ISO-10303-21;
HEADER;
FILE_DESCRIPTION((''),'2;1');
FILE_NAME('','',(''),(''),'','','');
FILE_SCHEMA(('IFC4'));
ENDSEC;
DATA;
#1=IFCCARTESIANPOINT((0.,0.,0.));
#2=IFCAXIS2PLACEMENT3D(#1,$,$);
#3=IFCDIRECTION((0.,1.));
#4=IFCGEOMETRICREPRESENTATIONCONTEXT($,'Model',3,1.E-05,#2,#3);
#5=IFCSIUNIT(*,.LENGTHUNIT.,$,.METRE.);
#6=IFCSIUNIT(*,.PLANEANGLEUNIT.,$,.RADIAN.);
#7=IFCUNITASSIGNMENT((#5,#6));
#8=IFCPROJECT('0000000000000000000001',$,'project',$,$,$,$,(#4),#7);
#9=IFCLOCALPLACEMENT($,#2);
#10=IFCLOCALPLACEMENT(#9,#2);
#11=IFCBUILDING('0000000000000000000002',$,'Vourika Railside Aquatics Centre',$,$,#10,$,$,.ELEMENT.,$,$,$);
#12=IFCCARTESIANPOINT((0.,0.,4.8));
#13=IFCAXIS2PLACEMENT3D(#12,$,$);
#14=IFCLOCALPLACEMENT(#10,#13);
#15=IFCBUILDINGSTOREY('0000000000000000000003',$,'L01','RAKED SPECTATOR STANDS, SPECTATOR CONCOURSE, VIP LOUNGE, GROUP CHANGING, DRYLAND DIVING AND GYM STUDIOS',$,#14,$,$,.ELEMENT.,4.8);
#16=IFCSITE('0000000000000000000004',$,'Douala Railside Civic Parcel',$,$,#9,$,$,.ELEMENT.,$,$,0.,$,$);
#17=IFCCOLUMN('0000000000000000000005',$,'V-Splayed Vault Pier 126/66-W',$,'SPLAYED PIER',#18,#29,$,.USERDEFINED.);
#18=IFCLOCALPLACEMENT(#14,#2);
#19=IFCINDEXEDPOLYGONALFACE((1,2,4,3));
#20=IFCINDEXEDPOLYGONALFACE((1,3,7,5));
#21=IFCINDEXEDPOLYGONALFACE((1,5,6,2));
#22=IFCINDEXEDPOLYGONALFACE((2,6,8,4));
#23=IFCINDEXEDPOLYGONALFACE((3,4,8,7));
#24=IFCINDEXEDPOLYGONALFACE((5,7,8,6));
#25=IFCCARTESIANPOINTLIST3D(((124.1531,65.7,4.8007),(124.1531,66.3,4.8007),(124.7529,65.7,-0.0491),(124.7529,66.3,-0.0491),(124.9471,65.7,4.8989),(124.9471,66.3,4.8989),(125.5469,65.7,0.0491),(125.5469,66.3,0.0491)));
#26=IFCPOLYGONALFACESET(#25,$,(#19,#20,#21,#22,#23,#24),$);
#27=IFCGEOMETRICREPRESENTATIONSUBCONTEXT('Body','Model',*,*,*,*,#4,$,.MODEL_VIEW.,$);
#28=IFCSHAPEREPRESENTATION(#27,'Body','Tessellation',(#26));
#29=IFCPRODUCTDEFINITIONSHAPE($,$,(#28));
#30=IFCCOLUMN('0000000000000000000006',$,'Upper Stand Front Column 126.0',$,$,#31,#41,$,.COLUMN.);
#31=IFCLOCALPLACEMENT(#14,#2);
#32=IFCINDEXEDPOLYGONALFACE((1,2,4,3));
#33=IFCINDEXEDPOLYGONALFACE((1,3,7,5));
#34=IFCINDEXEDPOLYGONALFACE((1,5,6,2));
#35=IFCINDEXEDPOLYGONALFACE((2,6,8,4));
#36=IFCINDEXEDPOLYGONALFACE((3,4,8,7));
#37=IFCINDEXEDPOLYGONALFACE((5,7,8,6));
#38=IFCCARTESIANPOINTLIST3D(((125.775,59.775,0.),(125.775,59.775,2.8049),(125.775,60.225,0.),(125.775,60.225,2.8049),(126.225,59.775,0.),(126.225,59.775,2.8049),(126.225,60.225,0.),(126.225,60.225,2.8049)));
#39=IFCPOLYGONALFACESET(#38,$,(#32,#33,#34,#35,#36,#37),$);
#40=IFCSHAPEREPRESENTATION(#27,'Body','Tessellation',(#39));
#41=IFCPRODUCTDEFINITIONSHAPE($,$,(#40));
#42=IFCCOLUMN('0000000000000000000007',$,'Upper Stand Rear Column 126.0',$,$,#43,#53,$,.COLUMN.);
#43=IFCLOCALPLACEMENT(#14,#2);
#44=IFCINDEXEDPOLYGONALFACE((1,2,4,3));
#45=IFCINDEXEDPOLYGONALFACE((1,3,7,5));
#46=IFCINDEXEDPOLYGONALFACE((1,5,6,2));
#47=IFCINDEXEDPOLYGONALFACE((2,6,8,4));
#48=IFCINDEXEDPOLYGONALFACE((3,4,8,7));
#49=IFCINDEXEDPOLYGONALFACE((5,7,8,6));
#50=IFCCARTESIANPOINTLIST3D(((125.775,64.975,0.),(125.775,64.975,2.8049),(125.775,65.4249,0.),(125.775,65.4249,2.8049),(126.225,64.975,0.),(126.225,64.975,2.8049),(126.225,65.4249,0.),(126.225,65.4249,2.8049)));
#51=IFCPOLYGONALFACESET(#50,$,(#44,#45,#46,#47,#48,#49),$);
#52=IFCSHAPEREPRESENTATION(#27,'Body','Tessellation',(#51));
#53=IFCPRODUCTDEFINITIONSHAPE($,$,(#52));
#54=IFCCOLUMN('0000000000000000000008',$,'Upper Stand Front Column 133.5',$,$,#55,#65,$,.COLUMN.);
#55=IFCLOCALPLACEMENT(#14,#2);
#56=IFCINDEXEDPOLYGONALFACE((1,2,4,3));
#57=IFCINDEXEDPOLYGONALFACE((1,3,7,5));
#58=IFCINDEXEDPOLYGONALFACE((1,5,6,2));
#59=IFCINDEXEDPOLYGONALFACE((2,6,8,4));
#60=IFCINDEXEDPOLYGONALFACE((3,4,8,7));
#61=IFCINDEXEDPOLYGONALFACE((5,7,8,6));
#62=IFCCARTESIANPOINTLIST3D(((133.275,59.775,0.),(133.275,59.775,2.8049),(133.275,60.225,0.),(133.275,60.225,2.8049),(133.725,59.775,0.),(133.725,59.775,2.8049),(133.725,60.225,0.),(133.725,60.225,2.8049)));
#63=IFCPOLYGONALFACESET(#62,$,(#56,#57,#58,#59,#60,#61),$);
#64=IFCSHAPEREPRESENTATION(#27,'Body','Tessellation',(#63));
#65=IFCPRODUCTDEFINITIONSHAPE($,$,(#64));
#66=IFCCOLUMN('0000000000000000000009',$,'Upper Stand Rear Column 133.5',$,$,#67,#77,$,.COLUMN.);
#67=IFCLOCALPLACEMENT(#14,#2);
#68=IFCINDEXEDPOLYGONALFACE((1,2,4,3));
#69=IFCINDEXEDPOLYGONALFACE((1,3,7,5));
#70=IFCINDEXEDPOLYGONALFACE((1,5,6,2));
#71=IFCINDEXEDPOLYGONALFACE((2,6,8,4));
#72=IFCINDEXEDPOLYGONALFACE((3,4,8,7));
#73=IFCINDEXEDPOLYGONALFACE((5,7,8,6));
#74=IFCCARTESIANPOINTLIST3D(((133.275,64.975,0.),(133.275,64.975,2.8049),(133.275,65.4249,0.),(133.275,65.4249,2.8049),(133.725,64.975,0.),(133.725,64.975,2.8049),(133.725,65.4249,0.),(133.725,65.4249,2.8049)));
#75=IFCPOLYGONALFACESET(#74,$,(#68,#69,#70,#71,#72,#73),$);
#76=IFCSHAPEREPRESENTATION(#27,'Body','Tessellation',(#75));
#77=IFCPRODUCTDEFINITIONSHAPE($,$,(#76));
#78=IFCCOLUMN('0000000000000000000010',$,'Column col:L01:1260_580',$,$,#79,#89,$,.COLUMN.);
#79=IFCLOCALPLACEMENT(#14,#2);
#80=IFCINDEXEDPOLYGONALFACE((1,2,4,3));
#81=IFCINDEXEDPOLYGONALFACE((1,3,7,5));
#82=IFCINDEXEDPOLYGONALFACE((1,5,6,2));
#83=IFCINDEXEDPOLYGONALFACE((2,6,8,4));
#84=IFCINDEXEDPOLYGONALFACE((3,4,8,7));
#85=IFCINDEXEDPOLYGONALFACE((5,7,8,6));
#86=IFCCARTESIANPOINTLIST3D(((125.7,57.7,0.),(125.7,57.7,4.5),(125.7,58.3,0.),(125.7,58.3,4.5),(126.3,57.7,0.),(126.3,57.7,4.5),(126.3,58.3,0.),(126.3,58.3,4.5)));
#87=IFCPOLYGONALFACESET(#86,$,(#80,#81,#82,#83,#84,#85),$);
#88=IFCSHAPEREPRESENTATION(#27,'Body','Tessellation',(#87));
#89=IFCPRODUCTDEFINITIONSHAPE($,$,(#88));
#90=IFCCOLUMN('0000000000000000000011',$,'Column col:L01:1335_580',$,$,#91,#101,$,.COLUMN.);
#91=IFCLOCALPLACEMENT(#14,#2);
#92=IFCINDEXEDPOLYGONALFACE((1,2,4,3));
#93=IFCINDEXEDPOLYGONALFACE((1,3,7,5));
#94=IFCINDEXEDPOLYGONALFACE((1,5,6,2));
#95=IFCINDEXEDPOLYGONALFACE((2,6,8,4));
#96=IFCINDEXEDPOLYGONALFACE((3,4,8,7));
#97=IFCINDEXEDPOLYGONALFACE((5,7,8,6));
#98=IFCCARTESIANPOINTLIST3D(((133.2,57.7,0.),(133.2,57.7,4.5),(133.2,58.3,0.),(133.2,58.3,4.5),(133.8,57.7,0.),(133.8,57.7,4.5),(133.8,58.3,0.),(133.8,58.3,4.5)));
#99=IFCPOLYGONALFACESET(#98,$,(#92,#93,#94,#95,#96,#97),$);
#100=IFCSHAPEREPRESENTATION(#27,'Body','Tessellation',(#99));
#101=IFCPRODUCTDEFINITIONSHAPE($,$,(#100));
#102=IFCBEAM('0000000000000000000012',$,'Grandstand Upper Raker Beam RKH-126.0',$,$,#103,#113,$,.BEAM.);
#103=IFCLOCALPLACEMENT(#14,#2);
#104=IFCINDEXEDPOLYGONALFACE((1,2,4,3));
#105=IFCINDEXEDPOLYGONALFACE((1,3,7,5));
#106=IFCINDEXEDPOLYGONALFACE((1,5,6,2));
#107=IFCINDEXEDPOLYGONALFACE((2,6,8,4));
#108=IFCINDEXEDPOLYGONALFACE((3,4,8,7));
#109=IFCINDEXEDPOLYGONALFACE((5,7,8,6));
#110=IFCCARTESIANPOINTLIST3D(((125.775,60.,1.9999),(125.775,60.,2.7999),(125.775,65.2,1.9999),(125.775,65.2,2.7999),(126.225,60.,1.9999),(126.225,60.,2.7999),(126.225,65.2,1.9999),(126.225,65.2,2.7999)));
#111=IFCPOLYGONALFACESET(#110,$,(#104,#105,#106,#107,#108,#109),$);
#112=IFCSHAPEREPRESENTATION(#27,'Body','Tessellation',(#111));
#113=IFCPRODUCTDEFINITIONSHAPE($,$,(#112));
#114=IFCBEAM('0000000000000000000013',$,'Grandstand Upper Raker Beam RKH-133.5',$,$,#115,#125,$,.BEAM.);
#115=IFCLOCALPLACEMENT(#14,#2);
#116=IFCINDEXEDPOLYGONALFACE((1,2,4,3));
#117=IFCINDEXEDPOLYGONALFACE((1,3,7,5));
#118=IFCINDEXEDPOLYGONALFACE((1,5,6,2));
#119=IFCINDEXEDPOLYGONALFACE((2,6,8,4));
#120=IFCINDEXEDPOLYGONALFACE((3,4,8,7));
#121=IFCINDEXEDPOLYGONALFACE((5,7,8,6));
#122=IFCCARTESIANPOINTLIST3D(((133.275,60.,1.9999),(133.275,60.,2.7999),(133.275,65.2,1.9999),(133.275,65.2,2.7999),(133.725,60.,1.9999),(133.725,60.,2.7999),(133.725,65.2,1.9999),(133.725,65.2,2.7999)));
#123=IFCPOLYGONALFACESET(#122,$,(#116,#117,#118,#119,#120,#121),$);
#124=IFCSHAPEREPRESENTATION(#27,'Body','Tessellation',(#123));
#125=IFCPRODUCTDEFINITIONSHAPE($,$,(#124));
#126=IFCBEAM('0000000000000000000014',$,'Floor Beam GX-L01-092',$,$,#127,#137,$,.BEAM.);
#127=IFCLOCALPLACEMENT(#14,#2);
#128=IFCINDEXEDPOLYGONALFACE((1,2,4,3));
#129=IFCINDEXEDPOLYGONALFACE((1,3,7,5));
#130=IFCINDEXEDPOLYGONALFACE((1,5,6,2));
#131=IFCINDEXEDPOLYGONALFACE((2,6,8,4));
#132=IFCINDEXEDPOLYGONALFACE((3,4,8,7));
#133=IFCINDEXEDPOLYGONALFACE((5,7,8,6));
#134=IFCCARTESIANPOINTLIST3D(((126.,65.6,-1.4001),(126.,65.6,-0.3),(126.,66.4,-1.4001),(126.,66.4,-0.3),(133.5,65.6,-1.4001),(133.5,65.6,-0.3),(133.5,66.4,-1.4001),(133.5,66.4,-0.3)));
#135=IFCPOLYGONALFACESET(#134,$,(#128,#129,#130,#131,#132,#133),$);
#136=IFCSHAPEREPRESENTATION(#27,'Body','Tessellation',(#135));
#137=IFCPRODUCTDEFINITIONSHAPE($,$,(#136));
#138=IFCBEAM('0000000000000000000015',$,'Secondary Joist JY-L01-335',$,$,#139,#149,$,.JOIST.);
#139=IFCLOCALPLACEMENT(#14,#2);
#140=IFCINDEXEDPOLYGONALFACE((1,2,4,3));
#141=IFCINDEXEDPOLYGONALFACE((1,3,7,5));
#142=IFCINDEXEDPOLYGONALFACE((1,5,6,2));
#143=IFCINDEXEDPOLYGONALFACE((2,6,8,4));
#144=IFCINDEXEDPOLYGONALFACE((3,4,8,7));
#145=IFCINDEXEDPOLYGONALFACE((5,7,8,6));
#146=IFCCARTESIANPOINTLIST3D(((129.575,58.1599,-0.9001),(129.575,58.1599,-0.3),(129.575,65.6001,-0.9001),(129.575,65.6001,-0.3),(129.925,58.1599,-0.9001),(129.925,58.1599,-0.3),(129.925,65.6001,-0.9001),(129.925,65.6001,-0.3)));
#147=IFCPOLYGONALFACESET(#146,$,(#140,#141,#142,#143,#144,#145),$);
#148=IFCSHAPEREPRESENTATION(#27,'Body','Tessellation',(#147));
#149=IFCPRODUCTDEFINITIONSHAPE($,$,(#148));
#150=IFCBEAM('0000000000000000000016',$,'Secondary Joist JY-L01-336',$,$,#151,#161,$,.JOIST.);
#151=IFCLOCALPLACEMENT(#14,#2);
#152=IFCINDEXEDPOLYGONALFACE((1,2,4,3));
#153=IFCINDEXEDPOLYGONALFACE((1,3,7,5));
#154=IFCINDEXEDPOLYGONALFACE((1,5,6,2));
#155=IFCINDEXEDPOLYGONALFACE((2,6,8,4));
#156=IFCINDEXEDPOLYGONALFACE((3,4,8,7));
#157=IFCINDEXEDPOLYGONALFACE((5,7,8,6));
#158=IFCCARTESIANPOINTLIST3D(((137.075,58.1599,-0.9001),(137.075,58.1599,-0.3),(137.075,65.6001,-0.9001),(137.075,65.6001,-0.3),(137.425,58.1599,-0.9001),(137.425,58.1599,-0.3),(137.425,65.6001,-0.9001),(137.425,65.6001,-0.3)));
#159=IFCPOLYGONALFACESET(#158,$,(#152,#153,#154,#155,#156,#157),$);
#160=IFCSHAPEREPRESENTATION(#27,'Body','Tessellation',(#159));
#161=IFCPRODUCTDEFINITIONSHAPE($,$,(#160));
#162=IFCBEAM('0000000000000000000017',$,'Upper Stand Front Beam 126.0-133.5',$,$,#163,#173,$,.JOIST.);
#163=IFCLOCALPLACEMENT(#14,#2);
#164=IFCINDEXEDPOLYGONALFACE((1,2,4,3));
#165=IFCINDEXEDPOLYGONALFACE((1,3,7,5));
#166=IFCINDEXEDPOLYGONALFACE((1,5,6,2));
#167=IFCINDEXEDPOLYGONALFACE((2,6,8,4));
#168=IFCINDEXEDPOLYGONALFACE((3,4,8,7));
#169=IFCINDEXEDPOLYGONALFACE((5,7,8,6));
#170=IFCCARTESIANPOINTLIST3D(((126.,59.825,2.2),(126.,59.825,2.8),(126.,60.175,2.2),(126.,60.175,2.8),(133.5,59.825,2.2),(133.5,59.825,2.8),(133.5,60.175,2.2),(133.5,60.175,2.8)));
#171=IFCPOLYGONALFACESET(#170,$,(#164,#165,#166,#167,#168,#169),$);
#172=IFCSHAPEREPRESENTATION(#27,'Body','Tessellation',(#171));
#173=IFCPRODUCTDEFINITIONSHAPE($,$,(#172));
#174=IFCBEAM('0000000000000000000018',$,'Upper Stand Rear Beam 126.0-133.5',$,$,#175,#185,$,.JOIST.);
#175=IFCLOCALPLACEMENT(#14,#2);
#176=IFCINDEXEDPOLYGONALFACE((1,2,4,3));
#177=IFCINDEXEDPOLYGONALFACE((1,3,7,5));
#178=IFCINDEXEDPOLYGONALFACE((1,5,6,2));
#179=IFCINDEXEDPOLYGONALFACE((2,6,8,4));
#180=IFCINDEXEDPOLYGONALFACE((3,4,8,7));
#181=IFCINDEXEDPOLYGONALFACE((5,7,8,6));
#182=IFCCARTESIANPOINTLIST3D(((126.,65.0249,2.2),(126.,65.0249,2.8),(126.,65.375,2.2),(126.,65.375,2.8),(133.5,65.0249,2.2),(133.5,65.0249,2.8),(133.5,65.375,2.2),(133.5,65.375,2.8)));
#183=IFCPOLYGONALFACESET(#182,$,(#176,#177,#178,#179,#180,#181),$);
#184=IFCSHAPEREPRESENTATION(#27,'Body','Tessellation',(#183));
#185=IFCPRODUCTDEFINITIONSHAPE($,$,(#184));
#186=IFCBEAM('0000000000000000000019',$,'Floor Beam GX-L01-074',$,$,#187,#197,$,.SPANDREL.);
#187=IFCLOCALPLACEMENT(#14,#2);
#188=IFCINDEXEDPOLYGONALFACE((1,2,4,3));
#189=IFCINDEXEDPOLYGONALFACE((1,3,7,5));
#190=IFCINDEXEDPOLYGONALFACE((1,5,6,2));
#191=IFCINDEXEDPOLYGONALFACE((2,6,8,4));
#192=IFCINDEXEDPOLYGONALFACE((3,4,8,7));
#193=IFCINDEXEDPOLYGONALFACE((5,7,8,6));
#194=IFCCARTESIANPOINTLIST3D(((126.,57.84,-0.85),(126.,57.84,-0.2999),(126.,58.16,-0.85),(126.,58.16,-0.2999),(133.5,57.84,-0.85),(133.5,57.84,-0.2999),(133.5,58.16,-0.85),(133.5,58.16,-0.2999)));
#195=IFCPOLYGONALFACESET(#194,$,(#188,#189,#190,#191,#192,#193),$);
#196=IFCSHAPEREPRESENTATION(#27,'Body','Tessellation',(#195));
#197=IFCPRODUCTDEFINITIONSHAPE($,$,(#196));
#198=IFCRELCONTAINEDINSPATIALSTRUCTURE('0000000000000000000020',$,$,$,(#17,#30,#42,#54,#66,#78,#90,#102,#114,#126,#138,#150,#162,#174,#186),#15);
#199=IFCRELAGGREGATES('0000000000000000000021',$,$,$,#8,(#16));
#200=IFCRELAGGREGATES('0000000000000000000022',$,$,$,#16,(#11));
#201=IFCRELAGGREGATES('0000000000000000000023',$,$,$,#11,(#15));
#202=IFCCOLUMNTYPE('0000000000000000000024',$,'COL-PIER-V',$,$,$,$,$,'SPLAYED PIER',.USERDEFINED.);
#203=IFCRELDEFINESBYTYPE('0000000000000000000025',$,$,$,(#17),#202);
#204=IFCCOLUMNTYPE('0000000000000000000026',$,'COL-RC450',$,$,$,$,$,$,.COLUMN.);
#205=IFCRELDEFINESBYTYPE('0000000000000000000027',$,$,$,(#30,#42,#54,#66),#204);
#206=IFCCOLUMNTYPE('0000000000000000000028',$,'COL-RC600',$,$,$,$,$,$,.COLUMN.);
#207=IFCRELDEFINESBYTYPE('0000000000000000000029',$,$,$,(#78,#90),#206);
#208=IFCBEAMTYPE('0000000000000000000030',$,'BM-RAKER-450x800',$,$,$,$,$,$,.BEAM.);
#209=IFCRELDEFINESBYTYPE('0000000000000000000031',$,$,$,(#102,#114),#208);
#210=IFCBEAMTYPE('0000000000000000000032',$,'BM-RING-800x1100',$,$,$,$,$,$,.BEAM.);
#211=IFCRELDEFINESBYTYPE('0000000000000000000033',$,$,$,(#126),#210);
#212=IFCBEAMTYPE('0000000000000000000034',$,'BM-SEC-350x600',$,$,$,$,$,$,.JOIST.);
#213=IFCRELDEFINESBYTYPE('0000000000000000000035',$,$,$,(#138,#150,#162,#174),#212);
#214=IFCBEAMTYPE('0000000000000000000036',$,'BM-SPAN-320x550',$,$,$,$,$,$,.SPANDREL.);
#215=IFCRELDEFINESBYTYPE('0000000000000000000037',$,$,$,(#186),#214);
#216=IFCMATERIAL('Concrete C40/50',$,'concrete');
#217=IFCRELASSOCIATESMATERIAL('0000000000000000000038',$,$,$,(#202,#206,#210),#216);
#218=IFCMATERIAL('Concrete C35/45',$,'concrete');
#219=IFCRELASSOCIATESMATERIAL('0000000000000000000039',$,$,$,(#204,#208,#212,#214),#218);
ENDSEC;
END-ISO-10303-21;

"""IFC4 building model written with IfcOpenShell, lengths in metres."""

from ifc_helpers import new_model, si_unit, direction, frame, origin, origin_2d, place, context, subcontext, project, spatial, rectangle, extrude, material, material_profile, profile_set, type_object, element, save


model = new_model("IFC4")

# Units and contexts
model_context = context("Model", 3, precision=1e-05, world=origin(), true_north=direction((0.0, 1.0)))
body_context = subcontext(model_context, "Body", "Model", "MODEL_VIEW")
ifc_project = project(units=[si_unit("LENGTHUNIT", "METRE"), si_unit("PLANEANGLEUNIT", "RADIAN")], contexts=[model_context])

# Site, building, storey
site_placement = place(None, origin())
site = spatial("IfcSite", under=ifc_project, at=site_placement, Name="Douala Railside Civic Parcel", CompositionType="ELEMENT", RefElevation=0.0)
building_placement = place(site_placement, origin())
building = spatial("IfcBuilding", under=site, at=building_placement, Name="Vourika Railside Aquatics Centre", CompositionType="ELEMENT")
storey_placement = place(building_placement, frame((0.0, 0.0, 4.8)))
storey = spatial("IfcBuildingStorey", under=building, at=storey_placement, Name="L01", Description="RAKED SPECTATOR STANDS, SPECTATOR CONCOURSE, VIP LOUNGE, GROUP CHANGING, DRYLAND DIVING AND GYM STUDIOS", CompositionType="ELEMENT", Elevation=4.8)

# Columns
ifc_material_1 = material(Name="Concrete C40/50", Category="concrete")
ifc_material_profile_1 = material_profile(ifc_material_1, rectangle(XDim=0.6001, YDim=0.8, at=origin_2d()), Name="RC 600x800")
ifc_profile_set_1 = profile_set([ifc_material_profile_1], Name="Concrete C40/50")
column_type_1 = type_object("IfcColumnType", Name="COL-PIER-V", ElementType="SPLAYED PIER", PredefinedType="USERDEFINED", material=ifc_profile_set_1)
column_placement = place(storey_placement, frame((125.1499, 66.0, 0.0), z_axis=(-0.12275, 0.0, 0.992438), x_axis=(0.0, -1.0, 0.0)))
element("IfcColumn", 1, at=column_placement, inside=storey, type_object=column_type_1, Name="V-Splayed Vault Pier 126/66-W", ObjectType="SPLAYED PIER", PredefinedType="USERDEFINED", context=body_context, shape_type="SweptSolid", body=[
    extrude(rectangle(XDim=0.6001, YDim=0.8, at=origin_2d()), origin(), (0.0, 0.0, 1.0), 4.8867),
])
ifc_material_2 = material(Name="Concrete C35/45", Category="concrete")
ifc_material_profile_2 = material_profile(ifc_material_2, rectangle(XDim=0.45, YDim=0.45, at=origin_2d()), Name="RC 450x450")
ifc_profile_set_2 = profile_set([ifc_material_profile_2], Name="Concrete C35/45")
column_type_2 = type_object("IfcColumnType", Name="COL-RC450", PredefinedType="COLUMN", material=ifc_profile_set_2)
for number, where, z_axis, x_axis, name in (
    (2, (126.0, 60.0, 0.0), (0.0, 0.0, 1.0), (1.0, 0.0, 0.0), "Upper Stand Front Column 126.0"),
    (3, (126.0, 65.2, 0.0), (0.0, 0.0, 1.0), (1.0, 0.0, 0.0), "Upper Stand Rear Column 126.0"),
    (4, (133.5, 60.0, 0.0), (0.0, 0.0, 1.0), (1.0, 0.0, 0.0), "Upper Stand Front Column 133.5"),
    (5, (133.5, 65.2, 0.0), (0.0, 0.0, 1.0), (1.0, 0.0, 0.0), "Upper Stand Rear Column 133.5"),
):
    element("IfcColumn", number, at=place(storey_placement, frame(where, z_axis=z_axis, x_axis=x_axis)), inside=storey, type_object=column_type_2, Name=name, PredefinedType="COLUMN", context=body_context, shape_type="SweptSolid", body=[
        extrude(rectangle(XDim=0.45, YDim=0.45, at=origin_2d()), origin(), (0.0, 0.0, 1.0), 2.8049),
    ])
ifc_material_profile_3 = material_profile(ifc_material_1, rectangle(XDim=0.6001, YDim=0.6001, at=origin_2d()), Name="RC 600x600")
ifc_profile_set_3 = profile_set([ifc_material_profile_3], Name="Concrete C40/50")
column_type_3 = type_object("IfcColumnType", Name="COL-RC600", PredefinedType="COLUMN", material=ifc_profile_set_3)
for number, where, z_axis, x_axis, name in (
    (6, (126.0, 58.0, 0.0), (0.0, 0.0, 1.0), (1.0, 0.0, 0.0), "Column col:L01:1260_580"),
    (7, (133.5, 58.0, 0.0), (0.0, 0.0, 1.0), (1.0, 0.0, 0.0), "Column col:L01:1335_580"),
):
    element("IfcColumn", number, at=place(storey_placement, frame(where, z_axis=z_axis, x_axis=x_axis)), inside=storey, type_object=column_type_3, Name=name, PredefinedType="COLUMN", context=body_context, shape_type="SweptSolid", body=[
        extrude(rectangle(XDim=0.6001, YDim=0.6001, at=origin_2d()), origin(), (0.0, 0.0, 1.0), 4.5),
    ])

# Beams
ifc_material_profile_4 = material_profile(ifc_material_2, rectangle(XDim=0.45, YDim=0.8, at=origin_2d()), Name="RC 450x800")
ifc_profile_set_4 = profile_set([ifc_material_profile_4], Name="Concrete C35/45")
beam_type_1 = type_object("IfcBeamType", Name="BM-RAKER-450x800", PredefinedType="BEAM", material=ifc_profile_set_4)
for number, where, z_axis, x_axis, name in (
    (8, (126.0, 60.0, 2.3999), (0.0, 1.0, 0.0), (-1.0, 0.0, 0.0), "Grandstand Upper Raker Beam RKH-126.0"),
    (9, (133.5, 60.0, 2.3999), (0.0, 1.0, 0.0), (-1.0, 0.0, 0.0), "Grandstand Upper Raker Beam RKH-133.5"),
):
    element("IfcBeam", number, at=place(storey_placement, frame(where, z_axis=z_axis, x_axis=x_axis)), inside=storey, type_object=beam_type_1, Name=name, PredefinedType="BEAM", context=body_context, shape_type="SweptSolid", body=[
        extrude(rectangle(XDim=0.45, YDim=0.8, at=origin_2d()), origin(), (0.0, 0.0, 1.0), 5.2),
    ])
ifc_material_profile_5 = material_profile(ifc_material_1, rectangle(XDim=0.8, YDim=1.1001, at=origin_2d()), Name="RC 800x1100")
ifc_profile_set_5 = profile_set([ifc_material_profile_5], Name="Concrete C40/50")
beam_type_2 = type_object("IfcBeamType", Name="BM-RING-800x1100", PredefinedType="BEAM", material=ifc_profile_set_5)
beam_placement = place(storey_placement, frame((126.0, 66.0, -0.8501), z_axis=(1.0, 0.0, 0.0), x_axis=(0.0, 1.0, 0.0)))
element("IfcBeam", 10, at=beam_placement, inside=storey, type_object=beam_type_2, Name="Floor Beam GX-L01-092", PredefinedType="BEAM", context=body_context, shape_type="SweptSolid", body=[
    extrude(rectangle(XDim=0.8, YDim=1.1001, at=origin_2d()), origin(), (0.0, 0.0, 1.0), 7.5),
])
ifc_material_profile_6 = material_profile(ifc_material_2, rectangle(XDim=0.3501, YDim=0.6001, at=origin_2d()), Name="RC 350x600")
ifc_profile_set_6 = profile_set([ifc_material_profile_6], Name="Concrete C35/45")
beam_type_3 = type_object("IfcBeamType", Name="BM-SEC-350x600", PredefinedType="JOIST", material=ifc_profile_set_6)
for number, where, z_axis, x_axis, name in (
    (11, (129.75, 58.1599, -0.6001), (0.0, 1.0, 0.0), (-1.0, 0.0, 0.0), "Secondary Joist JY-L01-335"),
    (12, (137.25, 58.1599, -0.6001), (0.0, 1.0, 0.0), (-1.0, 0.0, 0.0), "Secondary Joist JY-L01-336"),
):
    element("IfcBeam", number, at=place(storey_placement, frame(where, z_axis=z_axis, x_axis=x_axis)), inside=storey, type_object=beam_type_3, Name=name, PredefinedType="JOIST", context=body_context, shape_type="SweptSolid", body=[
        extrude(rectangle(XDim=0.3501, YDim=0.6001, at=origin_2d()), origin(), (0.0, 0.0, 1.0), 7.4402),
    ])
for number, where, z_axis, x_axis, name in (
    (13, (126.0, 60.0, 2.5), (1.0, 0.0, 0.0), (0.0, 1.0, 0.0), "Upper Stand Front Beam 126.0-133.5"),
    (14, (126.0, 65.2, 2.5), (1.0, 0.0, 0.0), (0.0, 1.0, 0.0), "Upper Stand Rear Beam 126.0-133.5"),
):
    element("IfcBeam", number, at=place(storey_placement, frame(where, z_axis=z_axis, x_axis=x_axis)), inside=storey, type_object=beam_type_3, Name=name, PredefinedType="JOIST", context=body_context, shape_type="SweptSolid", body=[
        extrude(rectangle(XDim=0.3501, YDim=0.6001, at=origin_2d()), origin(), (0.0, 0.0, 1.0), 7.5),
    ])
ifc_material_profile_7 = material_profile(ifc_material_2, rectangle(XDim=0.3201, YDim=0.55, at=origin_2d()), Name="RC 320x550")
ifc_profile_set_7 = profile_set([ifc_material_profile_7], Name="Concrete C35/45")
beam_type_4 = type_object("IfcBeamType", Name="BM-SPAN-320x550", PredefinedType="SPANDREL", material=ifc_profile_set_7)
for number, where, z_axis, x_axis, name in (
    (15, (126.0, 58.0, -0.575), (1.0, 0.0, 0.0), (0.0, 1.0, 0.0), "Floor Beam GX-L01-074"),
):
    element("IfcBeam", number, at=place(storey_placement, frame(where, z_axis=z_axis, x_axis=x_axis)), inside=storey, type_object=beam_type_4, Name=name, PredefinedType="SPANDREL", context=body_context, shape_type="SweptSolid", body=[
        extrude(rectangle(XDim=0.3201, YDim=0.55, at=origin_2d()), origin(), (0.0, 0.0, 1.0), 7.5),
    ])

save(model, "model.ifc")
